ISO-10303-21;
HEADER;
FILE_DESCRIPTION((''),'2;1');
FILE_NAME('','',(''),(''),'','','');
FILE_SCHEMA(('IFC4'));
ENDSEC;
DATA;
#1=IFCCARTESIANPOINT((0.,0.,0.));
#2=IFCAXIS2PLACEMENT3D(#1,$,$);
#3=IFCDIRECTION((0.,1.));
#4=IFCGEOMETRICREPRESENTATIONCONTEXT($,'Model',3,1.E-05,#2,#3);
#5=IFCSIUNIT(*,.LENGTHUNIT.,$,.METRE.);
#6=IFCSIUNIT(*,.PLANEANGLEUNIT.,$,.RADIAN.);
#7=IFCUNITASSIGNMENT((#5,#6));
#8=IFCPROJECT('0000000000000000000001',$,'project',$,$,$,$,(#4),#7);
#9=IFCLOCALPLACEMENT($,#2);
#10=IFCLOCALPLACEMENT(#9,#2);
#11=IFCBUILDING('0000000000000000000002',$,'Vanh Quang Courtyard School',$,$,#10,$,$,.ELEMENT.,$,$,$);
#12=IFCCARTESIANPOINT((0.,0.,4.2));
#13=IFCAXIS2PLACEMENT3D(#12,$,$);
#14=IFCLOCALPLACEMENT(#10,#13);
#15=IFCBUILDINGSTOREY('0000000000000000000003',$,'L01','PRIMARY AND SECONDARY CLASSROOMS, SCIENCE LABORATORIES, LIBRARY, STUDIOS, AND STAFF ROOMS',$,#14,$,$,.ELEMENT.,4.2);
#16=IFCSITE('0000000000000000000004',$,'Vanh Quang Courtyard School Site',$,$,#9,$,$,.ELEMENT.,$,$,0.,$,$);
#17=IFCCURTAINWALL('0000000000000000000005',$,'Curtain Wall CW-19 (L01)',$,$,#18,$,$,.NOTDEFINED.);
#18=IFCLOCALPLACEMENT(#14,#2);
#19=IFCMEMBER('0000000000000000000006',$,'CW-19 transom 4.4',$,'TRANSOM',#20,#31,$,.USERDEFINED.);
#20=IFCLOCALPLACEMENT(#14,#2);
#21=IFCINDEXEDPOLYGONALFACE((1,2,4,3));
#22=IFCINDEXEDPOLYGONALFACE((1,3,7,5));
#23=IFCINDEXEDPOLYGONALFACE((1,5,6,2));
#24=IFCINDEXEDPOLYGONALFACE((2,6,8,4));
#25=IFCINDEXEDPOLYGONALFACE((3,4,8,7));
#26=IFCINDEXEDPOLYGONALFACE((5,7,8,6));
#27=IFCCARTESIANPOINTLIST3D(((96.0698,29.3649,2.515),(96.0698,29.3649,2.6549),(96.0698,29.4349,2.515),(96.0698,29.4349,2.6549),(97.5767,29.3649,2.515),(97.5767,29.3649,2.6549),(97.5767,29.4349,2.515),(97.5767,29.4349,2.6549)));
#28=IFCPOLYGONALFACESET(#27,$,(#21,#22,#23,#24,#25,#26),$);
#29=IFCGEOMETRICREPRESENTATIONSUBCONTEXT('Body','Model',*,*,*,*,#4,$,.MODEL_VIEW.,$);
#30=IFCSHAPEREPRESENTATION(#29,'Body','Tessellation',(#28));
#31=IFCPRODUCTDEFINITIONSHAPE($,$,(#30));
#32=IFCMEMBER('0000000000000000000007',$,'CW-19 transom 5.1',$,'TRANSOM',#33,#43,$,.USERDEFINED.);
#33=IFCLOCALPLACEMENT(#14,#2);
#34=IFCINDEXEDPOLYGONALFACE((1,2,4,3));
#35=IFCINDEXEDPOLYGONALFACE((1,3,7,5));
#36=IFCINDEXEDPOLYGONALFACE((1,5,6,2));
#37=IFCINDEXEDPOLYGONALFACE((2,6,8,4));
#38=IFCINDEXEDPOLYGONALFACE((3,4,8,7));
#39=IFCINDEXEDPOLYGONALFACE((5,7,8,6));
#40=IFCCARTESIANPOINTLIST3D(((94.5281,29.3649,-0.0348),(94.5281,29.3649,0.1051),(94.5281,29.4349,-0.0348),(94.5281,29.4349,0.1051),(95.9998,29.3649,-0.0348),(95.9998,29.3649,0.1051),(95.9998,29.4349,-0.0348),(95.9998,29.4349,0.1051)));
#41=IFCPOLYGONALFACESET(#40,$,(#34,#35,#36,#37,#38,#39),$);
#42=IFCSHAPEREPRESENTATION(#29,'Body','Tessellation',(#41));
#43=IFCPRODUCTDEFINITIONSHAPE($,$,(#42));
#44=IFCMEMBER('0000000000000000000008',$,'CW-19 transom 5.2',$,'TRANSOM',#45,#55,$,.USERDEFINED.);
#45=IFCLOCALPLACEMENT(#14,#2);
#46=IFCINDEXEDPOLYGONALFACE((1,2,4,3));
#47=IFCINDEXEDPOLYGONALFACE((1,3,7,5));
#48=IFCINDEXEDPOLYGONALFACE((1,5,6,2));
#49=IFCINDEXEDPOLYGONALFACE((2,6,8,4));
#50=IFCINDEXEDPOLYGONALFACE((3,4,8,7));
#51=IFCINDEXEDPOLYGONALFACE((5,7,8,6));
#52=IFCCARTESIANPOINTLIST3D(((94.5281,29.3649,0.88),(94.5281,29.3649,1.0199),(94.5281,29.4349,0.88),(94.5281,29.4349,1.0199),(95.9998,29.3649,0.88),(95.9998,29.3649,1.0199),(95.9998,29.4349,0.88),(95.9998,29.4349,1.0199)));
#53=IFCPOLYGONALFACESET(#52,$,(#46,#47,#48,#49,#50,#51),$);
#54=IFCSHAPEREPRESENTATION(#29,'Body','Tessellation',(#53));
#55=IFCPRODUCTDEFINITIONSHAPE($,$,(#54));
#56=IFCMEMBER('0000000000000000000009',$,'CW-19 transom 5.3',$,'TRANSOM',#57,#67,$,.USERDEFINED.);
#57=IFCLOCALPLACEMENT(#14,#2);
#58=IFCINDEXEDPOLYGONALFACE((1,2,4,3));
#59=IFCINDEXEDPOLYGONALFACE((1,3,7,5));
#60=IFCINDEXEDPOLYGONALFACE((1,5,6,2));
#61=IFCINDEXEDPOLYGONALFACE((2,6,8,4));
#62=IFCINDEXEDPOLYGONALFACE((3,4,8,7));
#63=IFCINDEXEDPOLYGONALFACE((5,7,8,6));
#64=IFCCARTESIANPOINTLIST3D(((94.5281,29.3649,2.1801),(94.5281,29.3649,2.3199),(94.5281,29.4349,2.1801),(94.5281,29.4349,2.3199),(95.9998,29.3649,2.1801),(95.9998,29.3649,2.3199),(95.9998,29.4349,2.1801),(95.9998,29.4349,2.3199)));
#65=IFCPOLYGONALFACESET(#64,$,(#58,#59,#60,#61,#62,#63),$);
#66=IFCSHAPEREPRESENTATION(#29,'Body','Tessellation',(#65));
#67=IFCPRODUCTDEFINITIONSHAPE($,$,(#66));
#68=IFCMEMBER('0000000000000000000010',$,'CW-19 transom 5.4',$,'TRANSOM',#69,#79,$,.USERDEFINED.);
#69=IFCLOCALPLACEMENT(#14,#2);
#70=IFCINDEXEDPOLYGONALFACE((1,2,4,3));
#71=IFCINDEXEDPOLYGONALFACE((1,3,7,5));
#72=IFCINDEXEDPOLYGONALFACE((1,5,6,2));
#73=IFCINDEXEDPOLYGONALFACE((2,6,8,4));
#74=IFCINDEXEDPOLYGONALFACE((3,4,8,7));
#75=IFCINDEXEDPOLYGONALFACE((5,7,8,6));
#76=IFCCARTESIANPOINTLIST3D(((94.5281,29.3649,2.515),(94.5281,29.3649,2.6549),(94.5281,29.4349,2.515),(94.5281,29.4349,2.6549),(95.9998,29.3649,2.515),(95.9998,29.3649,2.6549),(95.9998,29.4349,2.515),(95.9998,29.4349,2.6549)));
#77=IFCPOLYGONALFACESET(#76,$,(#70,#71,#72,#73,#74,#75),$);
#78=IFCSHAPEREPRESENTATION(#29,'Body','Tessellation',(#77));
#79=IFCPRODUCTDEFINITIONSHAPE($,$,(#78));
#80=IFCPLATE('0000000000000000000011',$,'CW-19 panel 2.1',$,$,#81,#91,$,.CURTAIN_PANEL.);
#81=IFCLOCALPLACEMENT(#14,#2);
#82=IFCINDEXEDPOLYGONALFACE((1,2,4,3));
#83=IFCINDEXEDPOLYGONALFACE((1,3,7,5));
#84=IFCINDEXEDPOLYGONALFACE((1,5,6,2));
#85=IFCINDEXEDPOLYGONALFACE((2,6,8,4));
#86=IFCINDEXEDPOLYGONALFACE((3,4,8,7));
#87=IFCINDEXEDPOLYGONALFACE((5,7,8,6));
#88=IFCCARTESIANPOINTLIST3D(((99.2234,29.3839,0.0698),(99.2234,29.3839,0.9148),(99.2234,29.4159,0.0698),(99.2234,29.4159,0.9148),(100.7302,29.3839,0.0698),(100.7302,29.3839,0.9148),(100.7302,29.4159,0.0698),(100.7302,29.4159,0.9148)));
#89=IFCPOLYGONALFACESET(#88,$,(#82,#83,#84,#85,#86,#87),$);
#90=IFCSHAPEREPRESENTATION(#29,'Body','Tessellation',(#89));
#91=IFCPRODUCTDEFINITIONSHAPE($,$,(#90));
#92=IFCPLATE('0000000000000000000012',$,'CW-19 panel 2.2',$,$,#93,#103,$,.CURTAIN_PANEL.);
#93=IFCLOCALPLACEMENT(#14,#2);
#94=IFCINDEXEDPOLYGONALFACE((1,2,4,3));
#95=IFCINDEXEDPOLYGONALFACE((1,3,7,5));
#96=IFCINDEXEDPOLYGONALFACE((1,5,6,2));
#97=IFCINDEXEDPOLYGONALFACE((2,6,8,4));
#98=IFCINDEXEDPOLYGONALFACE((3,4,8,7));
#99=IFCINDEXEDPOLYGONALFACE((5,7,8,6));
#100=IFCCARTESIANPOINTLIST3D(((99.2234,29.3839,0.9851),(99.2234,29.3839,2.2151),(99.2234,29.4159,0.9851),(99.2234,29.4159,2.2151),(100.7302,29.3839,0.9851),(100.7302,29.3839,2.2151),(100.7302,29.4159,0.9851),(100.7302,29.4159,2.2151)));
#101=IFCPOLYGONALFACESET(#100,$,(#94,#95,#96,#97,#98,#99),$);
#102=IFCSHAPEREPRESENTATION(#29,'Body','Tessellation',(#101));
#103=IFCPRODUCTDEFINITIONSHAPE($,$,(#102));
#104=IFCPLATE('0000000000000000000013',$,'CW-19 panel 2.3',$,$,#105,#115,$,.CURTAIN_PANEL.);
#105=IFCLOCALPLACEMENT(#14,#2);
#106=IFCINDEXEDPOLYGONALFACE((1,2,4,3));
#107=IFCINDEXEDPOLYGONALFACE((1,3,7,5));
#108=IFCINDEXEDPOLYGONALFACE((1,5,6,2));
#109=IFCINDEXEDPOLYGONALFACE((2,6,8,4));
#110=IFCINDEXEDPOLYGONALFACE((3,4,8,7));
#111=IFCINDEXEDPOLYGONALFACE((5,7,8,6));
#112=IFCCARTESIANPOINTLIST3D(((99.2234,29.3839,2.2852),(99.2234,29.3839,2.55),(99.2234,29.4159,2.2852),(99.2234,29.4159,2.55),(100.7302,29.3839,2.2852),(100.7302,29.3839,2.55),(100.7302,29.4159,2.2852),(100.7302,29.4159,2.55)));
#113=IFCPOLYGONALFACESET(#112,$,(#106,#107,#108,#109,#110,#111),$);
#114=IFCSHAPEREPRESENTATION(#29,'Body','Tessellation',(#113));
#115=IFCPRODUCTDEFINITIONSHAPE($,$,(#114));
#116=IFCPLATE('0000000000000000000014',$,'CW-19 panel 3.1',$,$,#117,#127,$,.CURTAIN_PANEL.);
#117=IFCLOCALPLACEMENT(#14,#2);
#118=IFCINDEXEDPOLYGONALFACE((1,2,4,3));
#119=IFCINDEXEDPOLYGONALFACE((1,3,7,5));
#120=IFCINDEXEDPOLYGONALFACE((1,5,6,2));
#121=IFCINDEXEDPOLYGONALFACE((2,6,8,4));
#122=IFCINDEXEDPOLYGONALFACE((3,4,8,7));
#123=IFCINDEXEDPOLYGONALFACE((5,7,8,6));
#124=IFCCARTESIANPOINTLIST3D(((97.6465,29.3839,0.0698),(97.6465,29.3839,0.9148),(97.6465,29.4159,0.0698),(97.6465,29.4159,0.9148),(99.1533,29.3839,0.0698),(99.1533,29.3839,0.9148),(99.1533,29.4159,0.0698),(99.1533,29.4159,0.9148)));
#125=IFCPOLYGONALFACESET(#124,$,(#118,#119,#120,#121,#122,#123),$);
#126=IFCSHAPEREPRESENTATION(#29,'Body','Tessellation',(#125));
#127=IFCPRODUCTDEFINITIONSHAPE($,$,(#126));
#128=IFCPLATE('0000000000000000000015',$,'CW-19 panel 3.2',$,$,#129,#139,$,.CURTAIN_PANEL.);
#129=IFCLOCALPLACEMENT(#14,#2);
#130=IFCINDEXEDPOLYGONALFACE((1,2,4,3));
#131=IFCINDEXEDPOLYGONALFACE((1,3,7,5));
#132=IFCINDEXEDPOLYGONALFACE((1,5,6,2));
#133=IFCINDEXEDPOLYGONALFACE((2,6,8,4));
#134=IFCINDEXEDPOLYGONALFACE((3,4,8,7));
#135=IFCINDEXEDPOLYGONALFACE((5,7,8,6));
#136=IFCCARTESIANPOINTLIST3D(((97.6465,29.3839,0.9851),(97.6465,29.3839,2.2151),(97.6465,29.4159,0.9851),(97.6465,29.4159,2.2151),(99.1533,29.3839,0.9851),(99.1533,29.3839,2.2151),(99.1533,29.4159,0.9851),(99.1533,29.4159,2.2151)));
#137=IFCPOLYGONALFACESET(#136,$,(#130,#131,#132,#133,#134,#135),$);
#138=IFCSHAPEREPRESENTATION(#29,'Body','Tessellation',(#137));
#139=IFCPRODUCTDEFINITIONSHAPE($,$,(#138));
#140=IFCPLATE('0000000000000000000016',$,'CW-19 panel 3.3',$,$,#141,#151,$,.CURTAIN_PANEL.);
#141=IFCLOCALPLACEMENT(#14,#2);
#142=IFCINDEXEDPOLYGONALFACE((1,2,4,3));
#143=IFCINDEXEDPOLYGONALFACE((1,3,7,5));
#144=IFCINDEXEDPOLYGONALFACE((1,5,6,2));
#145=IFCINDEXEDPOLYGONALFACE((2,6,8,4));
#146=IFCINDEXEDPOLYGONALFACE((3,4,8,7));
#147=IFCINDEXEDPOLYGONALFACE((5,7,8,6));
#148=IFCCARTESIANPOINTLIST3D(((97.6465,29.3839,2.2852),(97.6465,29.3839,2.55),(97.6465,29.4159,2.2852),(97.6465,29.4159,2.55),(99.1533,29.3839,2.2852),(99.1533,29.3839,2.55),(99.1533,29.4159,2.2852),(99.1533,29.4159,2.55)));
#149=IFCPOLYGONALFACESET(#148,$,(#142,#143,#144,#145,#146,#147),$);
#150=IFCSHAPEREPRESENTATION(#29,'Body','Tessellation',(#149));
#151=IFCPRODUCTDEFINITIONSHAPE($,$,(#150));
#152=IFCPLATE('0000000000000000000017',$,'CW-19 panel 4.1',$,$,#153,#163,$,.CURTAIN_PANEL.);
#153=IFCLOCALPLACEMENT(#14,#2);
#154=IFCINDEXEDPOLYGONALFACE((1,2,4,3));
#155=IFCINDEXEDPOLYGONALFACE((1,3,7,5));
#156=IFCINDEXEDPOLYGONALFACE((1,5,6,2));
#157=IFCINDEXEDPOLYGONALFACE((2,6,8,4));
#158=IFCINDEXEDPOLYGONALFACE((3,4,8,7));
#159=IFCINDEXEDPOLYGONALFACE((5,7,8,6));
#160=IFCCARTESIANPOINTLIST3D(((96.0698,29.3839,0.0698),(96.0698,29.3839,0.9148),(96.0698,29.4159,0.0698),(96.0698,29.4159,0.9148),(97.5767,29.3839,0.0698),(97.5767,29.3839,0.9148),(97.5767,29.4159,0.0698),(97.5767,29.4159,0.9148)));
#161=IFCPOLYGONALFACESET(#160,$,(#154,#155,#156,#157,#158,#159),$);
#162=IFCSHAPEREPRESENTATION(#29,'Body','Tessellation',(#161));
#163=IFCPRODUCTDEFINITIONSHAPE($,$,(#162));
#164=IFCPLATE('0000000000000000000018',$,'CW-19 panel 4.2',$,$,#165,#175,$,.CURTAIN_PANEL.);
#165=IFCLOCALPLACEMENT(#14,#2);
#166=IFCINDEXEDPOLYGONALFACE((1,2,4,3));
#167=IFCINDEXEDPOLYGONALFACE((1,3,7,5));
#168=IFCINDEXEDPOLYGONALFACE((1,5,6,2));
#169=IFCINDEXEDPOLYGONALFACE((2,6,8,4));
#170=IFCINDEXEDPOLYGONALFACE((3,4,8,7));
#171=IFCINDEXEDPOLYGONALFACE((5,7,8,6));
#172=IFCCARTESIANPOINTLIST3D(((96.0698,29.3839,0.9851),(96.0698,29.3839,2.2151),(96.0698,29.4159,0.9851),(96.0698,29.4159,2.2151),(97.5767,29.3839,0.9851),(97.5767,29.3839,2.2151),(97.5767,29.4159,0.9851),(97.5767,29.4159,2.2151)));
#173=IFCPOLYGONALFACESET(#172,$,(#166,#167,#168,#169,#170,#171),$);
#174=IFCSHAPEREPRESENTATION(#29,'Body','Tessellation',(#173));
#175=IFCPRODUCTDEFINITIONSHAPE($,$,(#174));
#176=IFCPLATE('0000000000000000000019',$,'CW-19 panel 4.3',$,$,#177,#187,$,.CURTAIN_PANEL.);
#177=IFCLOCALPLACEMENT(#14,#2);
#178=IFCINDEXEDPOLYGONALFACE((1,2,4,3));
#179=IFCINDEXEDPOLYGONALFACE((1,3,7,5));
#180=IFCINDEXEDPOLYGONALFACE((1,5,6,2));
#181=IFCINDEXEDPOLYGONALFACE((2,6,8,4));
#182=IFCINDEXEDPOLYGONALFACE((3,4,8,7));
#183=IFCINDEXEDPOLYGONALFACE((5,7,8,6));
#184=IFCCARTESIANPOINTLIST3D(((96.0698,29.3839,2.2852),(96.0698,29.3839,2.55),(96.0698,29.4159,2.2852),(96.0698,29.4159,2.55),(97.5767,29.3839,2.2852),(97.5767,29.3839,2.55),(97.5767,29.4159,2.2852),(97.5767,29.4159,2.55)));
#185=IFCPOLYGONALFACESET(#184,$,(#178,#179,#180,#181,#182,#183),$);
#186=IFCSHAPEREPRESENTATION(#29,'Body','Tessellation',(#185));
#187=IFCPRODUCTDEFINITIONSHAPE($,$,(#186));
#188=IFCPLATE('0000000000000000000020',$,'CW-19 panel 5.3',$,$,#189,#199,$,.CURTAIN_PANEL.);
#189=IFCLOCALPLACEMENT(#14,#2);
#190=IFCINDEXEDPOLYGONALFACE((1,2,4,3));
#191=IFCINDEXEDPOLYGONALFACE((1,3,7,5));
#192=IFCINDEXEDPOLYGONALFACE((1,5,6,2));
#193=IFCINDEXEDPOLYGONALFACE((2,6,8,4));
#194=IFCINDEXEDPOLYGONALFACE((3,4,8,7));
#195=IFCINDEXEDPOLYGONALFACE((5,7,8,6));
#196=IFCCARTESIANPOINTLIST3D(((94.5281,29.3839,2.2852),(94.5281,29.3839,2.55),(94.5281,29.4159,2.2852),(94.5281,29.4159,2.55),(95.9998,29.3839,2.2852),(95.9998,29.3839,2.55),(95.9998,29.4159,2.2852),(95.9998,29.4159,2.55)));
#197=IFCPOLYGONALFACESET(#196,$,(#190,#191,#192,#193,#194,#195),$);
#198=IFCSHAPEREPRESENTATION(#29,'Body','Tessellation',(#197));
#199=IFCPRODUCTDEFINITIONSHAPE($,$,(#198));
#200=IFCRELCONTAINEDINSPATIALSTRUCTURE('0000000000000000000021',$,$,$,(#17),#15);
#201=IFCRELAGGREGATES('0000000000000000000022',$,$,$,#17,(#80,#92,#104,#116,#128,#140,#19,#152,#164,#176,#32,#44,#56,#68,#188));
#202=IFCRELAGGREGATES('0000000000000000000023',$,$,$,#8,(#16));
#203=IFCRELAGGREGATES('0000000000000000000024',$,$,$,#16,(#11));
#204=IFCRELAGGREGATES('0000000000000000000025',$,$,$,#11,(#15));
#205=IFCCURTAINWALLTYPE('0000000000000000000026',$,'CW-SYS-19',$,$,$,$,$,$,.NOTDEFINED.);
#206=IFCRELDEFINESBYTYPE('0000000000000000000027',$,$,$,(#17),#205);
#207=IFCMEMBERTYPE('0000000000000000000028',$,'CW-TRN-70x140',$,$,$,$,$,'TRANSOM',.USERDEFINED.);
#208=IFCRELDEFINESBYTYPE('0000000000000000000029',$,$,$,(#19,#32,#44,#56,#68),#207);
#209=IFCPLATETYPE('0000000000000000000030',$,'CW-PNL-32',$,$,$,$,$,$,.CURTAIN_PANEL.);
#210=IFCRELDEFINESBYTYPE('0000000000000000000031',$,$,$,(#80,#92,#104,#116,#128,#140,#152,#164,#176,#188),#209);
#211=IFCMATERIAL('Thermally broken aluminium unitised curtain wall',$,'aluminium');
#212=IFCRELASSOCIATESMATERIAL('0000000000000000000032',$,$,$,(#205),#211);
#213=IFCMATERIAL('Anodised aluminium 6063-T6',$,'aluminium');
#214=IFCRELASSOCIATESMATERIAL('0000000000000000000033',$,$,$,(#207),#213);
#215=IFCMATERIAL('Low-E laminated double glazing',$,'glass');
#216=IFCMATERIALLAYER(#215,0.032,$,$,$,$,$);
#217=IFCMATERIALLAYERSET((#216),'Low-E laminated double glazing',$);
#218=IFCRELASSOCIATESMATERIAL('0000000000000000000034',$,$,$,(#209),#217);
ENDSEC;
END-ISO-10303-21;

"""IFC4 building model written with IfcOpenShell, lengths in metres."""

from ifc_helpers import new_model, si_unit, direction, frame, origin, origin_2d, place, context, subcontext, project, spatial, rectangle, extrude, material, layer, layer_set, material_profile, profile_set, type_object, element, aggregate, save


model = new_model("IFC4")

# Units and contexts
model_context = context("Model", 3, precision=1e-05, world=origin(), true_north=direction((0.0, 1.0)))
body_context = subcontext(model_context, "Body", "Model", "MODEL_VIEW")
ifc_project = project(units=[si_unit("LENGTHUNIT", "METRE"), si_unit("PLANEANGLEUNIT", "RADIAN")], contexts=[model_context])

# Site, building, storey
site_placement = place(None, origin())
site = spatial("IfcSite", under=ifc_project, at=site_placement, Name="Vanh Quang Courtyard School Site", CompositionType="ELEMENT", RefElevation=0.0)
building_placement = place(site_placement, origin())
building = spatial("IfcBuilding", under=site, at=building_placement, Name="Vanh Quang Courtyard School", CompositionType="ELEMENT")
storey_placement = place(building_placement, frame((0.0, 0.0, 4.2)))
storey = spatial("IfcBuildingStorey", under=building, at=storey_placement, Name="L01", Description="PRIMARY AND SECONDARY CLASSROOMS, SCIENCE LABORATORIES, LIBRARY, STUDIOS, AND STAFF ROOMS", CompositionType="ELEMENT", Elevation=4.2)

# Curtain wall, members, plates
ifc_material_1 = material(Name="Thermally broken aluminium unitised curtain wall", Category="aluminium")
curtain_wall_type = type_object("IfcCurtainWallType", Name="CW-SYS-19", PredefinedType="NOTDEFINED", material=ifc_material_1)
curtain_wall_placement = place(storey_placement, origin())
curtain_wall = element("IfcCurtainWall", 1, at=curtain_wall_placement, inside=storey, type_object=curtain_wall_type, Name="Curtain Wall CW-19 (L01)", PredefinedType="NOTDEFINED")
ifc_material_2 = material(Name="Anodised aluminium 6063-T6", Category="aluminium")
ifc_material_profile_1 = material_profile(ifc_material_2, rectangle(XDim=0.0701, YDim=0.1399, at=origin_2d()), Name="ALU-TRN 70x140")
ifc_profile_set_1 = profile_set([ifc_material_profile_1], Name="Anodised aluminium 6063-T6")
member_type_1 = type_object("IfcMemberType", Name="CW-TRN-70x140", ElementType="TRANSOM", PredefinedType="USERDEFINED", material=ifc_profile_set_1)
member_1_placement = place(storey_placement, frame((97.5767, 29.3999, 2.585), z_axis=(-1.0, 0.0, 0.0), x_axis=(0.0, -1.0, 0.0)))
member_1 = element("IfcMember", 2, at=member_1_placement, type_object=member_type_1, Name="CW-19 transom 4.4", ObjectType="TRANSOM", PredefinedType="USERDEFINED", context=body_context, shape_type="SweptSolid", body=[
    extrude(rectangle(XDim=0.0701, YDim=0.1399, at=origin_2d()), origin(), (0.0, 0.0, 1.0), 1.5068),
])
member_2_placement = place(storey_placement, frame((95.9998, 29.3999, 0.0352), z_axis=(-1.0, 0.0, 0.0), x_axis=(0.0, -1.0, 0.0)))
member_2 = element("IfcMember", 3, at=member_2_placement, type_object=member_type_1, Name="CW-19 transom 5.1", ObjectType="TRANSOM", PredefinedType="USERDEFINED", context=body_context, shape_type="SweptSolid", body=[
    extrude(rectangle(XDim=0.0701, YDim=0.1399, at=origin_2d()), origin(), (0.0, 0.0, 1.0), 1.4717),
])
member_3_placement = place(storey_placement, frame((95.9998, 29.3999, 0.95), z_axis=(-1.0, 0.0, 0.0), x_axis=(0.0, -1.0, 0.0)))
member_3 = element("IfcMember", 4, at=member_3_placement, type_object=member_type_1, Name="CW-19 transom 5.2", ObjectType="TRANSOM", PredefinedType="USERDEFINED", context=body_context, shape_type="SweptSolid", body=[
    extrude(rectangle(XDim=0.0701, YDim=0.1399, at=origin_2d()), origin(), (0.0, 0.0, 1.0), 1.4717),
])
member_4_placement = place(storey_placement, frame((95.9998, 29.3999, 2.25), z_axis=(-1.0, 0.0, 0.0), x_axis=(0.0, -1.0, 0.0)))
member_4 = element("IfcMember", 5, at=member_4_placement, type_object=member_type_1, Name="CW-19 transom 5.3", ObjectType="TRANSOM", PredefinedType="USERDEFINED", context=body_context, shape_type="SweptSolid", body=[
    extrude(rectangle(XDim=0.0701, YDim=0.1399, at=origin_2d()), origin(), (0.0, 0.0, 1.0), 1.4717),
])
member_5_placement = place(storey_placement, frame((95.9998, 29.3999, 2.585), z_axis=(-1.0, 0.0, 0.0), x_axis=(0.0, -1.0, 0.0)))
member_5 = element("IfcMember", 6, at=member_5_placement, type_object=member_type_1, Name="CW-19 transom 5.4", ObjectType="TRANSOM", PredefinedType="USERDEFINED", context=body_context, shape_type="SweptSolid", body=[
    extrude(rectangle(XDim=0.0701, YDim=0.1399, at=origin_2d()), origin(), (0.0, 0.0, 1.0), 1.4717),
])
ifc_material_3 = material(Name="Low-E laminated double glazing", Category="glass")
ifc_layer = layer(ifc_material_3, 0.032)
ifc_layer_set = layer_set([ifc_layer], Name="Low-E laminated double glazing")
plate_type = type_object("IfcPlateType", Name="CW-PNL-32", PredefinedType="CURTAIN_PANEL", material=ifc_layer_set)
plate_1_placement = place(storey_placement, frame((99.9768, 29.3999, 0.0698), z_axis=(0.0, 0.0, 1.0), x_axis=(-1.0, 0.0, 0.0)))
plate_1 = element("IfcPlate", 7, at=plate_1_placement, type_object=plate_type, Name="CW-19 panel 2.1", PredefinedType="CURTAIN_PANEL", context=body_context, shape_type="SweptSolid", body=[
    extrude(rectangle(XDim=1.5068, YDim=0.032, at=origin_2d()), origin(), (0.0, 0.0, 1.0), 0.845),
])
plate_2_placement = place(storey_placement, frame((99.9768, 29.3999, 0.9851), z_axis=(0.0, 0.0, 1.0), x_axis=(-1.0, 0.0, 0.0)))
plate_2 = element("IfcPlate", 8, at=plate_2_placement, type_object=plate_type, Name="CW-19 panel 2.2", PredefinedType="CURTAIN_PANEL", context=body_context, shape_type="SweptSolid", body=[
    extrude(rectangle(XDim=1.5068, YDim=0.032, at=origin_2d()), origin(), (0.0, 0.0, 1.0), 1.23),
])
plate_3_placement = place(storey_placement, frame((99.9768, 29.3999, 2.2852), z_axis=(0.0, 0.0, 1.0), x_axis=(-1.0, 0.0, 0.0)))
plate_3 = element("IfcPlate", 9, at=plate_3_placement, type_object=plate_type, Name="CW-19 panel 2.3", PredefinedType="CURTAIN_PANEL", context=body_context, shape_type="SweptSolid", body=[
    extrude(rectangle(XDim=1.5068, YDim=0.032, at=origin_2d()), origin(), (0.0, 0.0, 1.0), 0.2649),
])
plate_4_placement = place(storey_placement, frame((98.3999, 29.3999, 0.0698), z_axis=(0.0, 0.0, 1.0), x_axis=(-1.0, 0.0, 0.0)))
plate_4 = element("IfcPlate", 10, at=plate_4_placement, type_object=plate_type, Name="CW-19 panel 3.1", PredefinedType="CURTAIN_PANEL", context=body_context, shape_type="SweptSolid", body=[
    extrude(rectangle(XDim=1.5068, YDim=0.032, at=origin_2d()), origin(), (0.0, 0.0, 1.0), 0.845),
])
plate_5_placement = place(storey_placement, frame((98.3999, 29.3999, 0.9851), z_axis=(0.0, 0.0, 1.0), x_axis=(-1.0, 0.0, 0.0)))
plate_5 = element("IfcPlate", 11, at=plate_5_placement, type_object=plate_type, Name="CW-19 panel 3.2", PredefinedType="CURTAIN_PANEL", context=body_context, shape_type="SweptSolid", body=[
    extrude(rectangle(XDim=1.5068, YDim=0.032, at=origin_2d()), origin(), (0.0, 0.0, 1.0), 1.23),
])
plate_6_placement = place(storey_placement, frame((98.3999, 29.3999, 2.2852), z_axis=(0.0, 0.0, 1.0), x_axis=(-1.0, 0.0, 0.0)))
plate_6 = element("IfcPlate", 12, at=plate_6_placement, type_object=plate_type, Name="CW-19 panel 3.3", PredefinedType="CURTAIN_PANEL", context=body_context, shape_type="SweptSolid", body=[
    extrude(rectangle(XDim=1.5068, YDim=0.032, at=origin_2d()), origin(), (0.0, 0.0, 1.0), 0.2649),
])
plate_7_placement = place(storey_placement, frame((96.8232, 29.3999, 0.0698), z_axis=(0.0, 0.0, 1.0), x_axis=(-1.0, 0.0, 0.0)))
plate_7 = element("IfcPlate", 13, at=plate_7_placement, type_object=plate_type, Name="CW-19 panel 4.1", PredefinedType="CURTAIN_PANEL", context=body_context, shape_type="SweptSolid", body=[
    extrude(rectangle(XDim=1.5068, YDim=0.032, at=origin_2d()), origin(), (0.0, 0.0, 1.0), 0.845),
])
plate_8_placement = place(storey_placement, frame((96.8232, 29.3999, 0.9851), z_axis=(0.0, 0.0, 1.0), x_axis=(-1.0, 0.0, 0.0)))
plate_8 = element("IfcPlate", 14, at=plate_8_placement, type_object=plate_type, Name="CW-19 panel 4.2", PredefinedType="CURTAIN_PANEL", context=body_context, shape_type="SweptSolid", body=[
    extrude(rectangle(XDim=1.5068, YDim=0.032, at=origin_2d()), origin(), (0.0, 0.0, 1.0), 1.23),
])
plate_9_placement = place(storey_placement, frame((96.8232, 29.3999, 2.2852), z_axis=(0.0, 0.0, 1.0), x_axis=(-1.0, 0.0, 0.0)))
plate_9 = element("IfcPlate", 15, at=plate_9_placement, type_object=plate_type, Name="CW-19 panel 4.3", PredefinedType="CURTAIN_PANEL", context=body_context, shape_type="SweptSolid", body=[
    extrude(rectangle(XDim=1.5068, YDim=0.032, at=origin_2d()), origin(), (0.0, 0.0, 1.0), 0.2649),
])
plate_10_placement = place(storey_placement, frame((95.2639, 29.3999, 2.2852), z_axis=(0.0, 0.0, 1.0), x_axis=(-1.0, 0.0, 0.0)))
plate_10 = element("IfcPlate", 16, at=plate_10_placement, type_object=plate_type, Name="CW-19 panel 5.3", PredefinedType="CURTAIN_PANEL", context=body_context, shape_type="SweptSolid", body=[
    extrude(rectangle(XDim=1.4717, YDim=0.032, at=origin_2d()), origin(), (0.0, 0.0, 1.0), 0.2649),
])
aggregate(curtain_wall, [plate_1, plate_2, plate_3, plate_4, plate_5, plate_6, member_1, plate_7, plate_8, plate_9, member_2, member_3, member_4, member_5, plate_10])

save(model, "model.ifc")
